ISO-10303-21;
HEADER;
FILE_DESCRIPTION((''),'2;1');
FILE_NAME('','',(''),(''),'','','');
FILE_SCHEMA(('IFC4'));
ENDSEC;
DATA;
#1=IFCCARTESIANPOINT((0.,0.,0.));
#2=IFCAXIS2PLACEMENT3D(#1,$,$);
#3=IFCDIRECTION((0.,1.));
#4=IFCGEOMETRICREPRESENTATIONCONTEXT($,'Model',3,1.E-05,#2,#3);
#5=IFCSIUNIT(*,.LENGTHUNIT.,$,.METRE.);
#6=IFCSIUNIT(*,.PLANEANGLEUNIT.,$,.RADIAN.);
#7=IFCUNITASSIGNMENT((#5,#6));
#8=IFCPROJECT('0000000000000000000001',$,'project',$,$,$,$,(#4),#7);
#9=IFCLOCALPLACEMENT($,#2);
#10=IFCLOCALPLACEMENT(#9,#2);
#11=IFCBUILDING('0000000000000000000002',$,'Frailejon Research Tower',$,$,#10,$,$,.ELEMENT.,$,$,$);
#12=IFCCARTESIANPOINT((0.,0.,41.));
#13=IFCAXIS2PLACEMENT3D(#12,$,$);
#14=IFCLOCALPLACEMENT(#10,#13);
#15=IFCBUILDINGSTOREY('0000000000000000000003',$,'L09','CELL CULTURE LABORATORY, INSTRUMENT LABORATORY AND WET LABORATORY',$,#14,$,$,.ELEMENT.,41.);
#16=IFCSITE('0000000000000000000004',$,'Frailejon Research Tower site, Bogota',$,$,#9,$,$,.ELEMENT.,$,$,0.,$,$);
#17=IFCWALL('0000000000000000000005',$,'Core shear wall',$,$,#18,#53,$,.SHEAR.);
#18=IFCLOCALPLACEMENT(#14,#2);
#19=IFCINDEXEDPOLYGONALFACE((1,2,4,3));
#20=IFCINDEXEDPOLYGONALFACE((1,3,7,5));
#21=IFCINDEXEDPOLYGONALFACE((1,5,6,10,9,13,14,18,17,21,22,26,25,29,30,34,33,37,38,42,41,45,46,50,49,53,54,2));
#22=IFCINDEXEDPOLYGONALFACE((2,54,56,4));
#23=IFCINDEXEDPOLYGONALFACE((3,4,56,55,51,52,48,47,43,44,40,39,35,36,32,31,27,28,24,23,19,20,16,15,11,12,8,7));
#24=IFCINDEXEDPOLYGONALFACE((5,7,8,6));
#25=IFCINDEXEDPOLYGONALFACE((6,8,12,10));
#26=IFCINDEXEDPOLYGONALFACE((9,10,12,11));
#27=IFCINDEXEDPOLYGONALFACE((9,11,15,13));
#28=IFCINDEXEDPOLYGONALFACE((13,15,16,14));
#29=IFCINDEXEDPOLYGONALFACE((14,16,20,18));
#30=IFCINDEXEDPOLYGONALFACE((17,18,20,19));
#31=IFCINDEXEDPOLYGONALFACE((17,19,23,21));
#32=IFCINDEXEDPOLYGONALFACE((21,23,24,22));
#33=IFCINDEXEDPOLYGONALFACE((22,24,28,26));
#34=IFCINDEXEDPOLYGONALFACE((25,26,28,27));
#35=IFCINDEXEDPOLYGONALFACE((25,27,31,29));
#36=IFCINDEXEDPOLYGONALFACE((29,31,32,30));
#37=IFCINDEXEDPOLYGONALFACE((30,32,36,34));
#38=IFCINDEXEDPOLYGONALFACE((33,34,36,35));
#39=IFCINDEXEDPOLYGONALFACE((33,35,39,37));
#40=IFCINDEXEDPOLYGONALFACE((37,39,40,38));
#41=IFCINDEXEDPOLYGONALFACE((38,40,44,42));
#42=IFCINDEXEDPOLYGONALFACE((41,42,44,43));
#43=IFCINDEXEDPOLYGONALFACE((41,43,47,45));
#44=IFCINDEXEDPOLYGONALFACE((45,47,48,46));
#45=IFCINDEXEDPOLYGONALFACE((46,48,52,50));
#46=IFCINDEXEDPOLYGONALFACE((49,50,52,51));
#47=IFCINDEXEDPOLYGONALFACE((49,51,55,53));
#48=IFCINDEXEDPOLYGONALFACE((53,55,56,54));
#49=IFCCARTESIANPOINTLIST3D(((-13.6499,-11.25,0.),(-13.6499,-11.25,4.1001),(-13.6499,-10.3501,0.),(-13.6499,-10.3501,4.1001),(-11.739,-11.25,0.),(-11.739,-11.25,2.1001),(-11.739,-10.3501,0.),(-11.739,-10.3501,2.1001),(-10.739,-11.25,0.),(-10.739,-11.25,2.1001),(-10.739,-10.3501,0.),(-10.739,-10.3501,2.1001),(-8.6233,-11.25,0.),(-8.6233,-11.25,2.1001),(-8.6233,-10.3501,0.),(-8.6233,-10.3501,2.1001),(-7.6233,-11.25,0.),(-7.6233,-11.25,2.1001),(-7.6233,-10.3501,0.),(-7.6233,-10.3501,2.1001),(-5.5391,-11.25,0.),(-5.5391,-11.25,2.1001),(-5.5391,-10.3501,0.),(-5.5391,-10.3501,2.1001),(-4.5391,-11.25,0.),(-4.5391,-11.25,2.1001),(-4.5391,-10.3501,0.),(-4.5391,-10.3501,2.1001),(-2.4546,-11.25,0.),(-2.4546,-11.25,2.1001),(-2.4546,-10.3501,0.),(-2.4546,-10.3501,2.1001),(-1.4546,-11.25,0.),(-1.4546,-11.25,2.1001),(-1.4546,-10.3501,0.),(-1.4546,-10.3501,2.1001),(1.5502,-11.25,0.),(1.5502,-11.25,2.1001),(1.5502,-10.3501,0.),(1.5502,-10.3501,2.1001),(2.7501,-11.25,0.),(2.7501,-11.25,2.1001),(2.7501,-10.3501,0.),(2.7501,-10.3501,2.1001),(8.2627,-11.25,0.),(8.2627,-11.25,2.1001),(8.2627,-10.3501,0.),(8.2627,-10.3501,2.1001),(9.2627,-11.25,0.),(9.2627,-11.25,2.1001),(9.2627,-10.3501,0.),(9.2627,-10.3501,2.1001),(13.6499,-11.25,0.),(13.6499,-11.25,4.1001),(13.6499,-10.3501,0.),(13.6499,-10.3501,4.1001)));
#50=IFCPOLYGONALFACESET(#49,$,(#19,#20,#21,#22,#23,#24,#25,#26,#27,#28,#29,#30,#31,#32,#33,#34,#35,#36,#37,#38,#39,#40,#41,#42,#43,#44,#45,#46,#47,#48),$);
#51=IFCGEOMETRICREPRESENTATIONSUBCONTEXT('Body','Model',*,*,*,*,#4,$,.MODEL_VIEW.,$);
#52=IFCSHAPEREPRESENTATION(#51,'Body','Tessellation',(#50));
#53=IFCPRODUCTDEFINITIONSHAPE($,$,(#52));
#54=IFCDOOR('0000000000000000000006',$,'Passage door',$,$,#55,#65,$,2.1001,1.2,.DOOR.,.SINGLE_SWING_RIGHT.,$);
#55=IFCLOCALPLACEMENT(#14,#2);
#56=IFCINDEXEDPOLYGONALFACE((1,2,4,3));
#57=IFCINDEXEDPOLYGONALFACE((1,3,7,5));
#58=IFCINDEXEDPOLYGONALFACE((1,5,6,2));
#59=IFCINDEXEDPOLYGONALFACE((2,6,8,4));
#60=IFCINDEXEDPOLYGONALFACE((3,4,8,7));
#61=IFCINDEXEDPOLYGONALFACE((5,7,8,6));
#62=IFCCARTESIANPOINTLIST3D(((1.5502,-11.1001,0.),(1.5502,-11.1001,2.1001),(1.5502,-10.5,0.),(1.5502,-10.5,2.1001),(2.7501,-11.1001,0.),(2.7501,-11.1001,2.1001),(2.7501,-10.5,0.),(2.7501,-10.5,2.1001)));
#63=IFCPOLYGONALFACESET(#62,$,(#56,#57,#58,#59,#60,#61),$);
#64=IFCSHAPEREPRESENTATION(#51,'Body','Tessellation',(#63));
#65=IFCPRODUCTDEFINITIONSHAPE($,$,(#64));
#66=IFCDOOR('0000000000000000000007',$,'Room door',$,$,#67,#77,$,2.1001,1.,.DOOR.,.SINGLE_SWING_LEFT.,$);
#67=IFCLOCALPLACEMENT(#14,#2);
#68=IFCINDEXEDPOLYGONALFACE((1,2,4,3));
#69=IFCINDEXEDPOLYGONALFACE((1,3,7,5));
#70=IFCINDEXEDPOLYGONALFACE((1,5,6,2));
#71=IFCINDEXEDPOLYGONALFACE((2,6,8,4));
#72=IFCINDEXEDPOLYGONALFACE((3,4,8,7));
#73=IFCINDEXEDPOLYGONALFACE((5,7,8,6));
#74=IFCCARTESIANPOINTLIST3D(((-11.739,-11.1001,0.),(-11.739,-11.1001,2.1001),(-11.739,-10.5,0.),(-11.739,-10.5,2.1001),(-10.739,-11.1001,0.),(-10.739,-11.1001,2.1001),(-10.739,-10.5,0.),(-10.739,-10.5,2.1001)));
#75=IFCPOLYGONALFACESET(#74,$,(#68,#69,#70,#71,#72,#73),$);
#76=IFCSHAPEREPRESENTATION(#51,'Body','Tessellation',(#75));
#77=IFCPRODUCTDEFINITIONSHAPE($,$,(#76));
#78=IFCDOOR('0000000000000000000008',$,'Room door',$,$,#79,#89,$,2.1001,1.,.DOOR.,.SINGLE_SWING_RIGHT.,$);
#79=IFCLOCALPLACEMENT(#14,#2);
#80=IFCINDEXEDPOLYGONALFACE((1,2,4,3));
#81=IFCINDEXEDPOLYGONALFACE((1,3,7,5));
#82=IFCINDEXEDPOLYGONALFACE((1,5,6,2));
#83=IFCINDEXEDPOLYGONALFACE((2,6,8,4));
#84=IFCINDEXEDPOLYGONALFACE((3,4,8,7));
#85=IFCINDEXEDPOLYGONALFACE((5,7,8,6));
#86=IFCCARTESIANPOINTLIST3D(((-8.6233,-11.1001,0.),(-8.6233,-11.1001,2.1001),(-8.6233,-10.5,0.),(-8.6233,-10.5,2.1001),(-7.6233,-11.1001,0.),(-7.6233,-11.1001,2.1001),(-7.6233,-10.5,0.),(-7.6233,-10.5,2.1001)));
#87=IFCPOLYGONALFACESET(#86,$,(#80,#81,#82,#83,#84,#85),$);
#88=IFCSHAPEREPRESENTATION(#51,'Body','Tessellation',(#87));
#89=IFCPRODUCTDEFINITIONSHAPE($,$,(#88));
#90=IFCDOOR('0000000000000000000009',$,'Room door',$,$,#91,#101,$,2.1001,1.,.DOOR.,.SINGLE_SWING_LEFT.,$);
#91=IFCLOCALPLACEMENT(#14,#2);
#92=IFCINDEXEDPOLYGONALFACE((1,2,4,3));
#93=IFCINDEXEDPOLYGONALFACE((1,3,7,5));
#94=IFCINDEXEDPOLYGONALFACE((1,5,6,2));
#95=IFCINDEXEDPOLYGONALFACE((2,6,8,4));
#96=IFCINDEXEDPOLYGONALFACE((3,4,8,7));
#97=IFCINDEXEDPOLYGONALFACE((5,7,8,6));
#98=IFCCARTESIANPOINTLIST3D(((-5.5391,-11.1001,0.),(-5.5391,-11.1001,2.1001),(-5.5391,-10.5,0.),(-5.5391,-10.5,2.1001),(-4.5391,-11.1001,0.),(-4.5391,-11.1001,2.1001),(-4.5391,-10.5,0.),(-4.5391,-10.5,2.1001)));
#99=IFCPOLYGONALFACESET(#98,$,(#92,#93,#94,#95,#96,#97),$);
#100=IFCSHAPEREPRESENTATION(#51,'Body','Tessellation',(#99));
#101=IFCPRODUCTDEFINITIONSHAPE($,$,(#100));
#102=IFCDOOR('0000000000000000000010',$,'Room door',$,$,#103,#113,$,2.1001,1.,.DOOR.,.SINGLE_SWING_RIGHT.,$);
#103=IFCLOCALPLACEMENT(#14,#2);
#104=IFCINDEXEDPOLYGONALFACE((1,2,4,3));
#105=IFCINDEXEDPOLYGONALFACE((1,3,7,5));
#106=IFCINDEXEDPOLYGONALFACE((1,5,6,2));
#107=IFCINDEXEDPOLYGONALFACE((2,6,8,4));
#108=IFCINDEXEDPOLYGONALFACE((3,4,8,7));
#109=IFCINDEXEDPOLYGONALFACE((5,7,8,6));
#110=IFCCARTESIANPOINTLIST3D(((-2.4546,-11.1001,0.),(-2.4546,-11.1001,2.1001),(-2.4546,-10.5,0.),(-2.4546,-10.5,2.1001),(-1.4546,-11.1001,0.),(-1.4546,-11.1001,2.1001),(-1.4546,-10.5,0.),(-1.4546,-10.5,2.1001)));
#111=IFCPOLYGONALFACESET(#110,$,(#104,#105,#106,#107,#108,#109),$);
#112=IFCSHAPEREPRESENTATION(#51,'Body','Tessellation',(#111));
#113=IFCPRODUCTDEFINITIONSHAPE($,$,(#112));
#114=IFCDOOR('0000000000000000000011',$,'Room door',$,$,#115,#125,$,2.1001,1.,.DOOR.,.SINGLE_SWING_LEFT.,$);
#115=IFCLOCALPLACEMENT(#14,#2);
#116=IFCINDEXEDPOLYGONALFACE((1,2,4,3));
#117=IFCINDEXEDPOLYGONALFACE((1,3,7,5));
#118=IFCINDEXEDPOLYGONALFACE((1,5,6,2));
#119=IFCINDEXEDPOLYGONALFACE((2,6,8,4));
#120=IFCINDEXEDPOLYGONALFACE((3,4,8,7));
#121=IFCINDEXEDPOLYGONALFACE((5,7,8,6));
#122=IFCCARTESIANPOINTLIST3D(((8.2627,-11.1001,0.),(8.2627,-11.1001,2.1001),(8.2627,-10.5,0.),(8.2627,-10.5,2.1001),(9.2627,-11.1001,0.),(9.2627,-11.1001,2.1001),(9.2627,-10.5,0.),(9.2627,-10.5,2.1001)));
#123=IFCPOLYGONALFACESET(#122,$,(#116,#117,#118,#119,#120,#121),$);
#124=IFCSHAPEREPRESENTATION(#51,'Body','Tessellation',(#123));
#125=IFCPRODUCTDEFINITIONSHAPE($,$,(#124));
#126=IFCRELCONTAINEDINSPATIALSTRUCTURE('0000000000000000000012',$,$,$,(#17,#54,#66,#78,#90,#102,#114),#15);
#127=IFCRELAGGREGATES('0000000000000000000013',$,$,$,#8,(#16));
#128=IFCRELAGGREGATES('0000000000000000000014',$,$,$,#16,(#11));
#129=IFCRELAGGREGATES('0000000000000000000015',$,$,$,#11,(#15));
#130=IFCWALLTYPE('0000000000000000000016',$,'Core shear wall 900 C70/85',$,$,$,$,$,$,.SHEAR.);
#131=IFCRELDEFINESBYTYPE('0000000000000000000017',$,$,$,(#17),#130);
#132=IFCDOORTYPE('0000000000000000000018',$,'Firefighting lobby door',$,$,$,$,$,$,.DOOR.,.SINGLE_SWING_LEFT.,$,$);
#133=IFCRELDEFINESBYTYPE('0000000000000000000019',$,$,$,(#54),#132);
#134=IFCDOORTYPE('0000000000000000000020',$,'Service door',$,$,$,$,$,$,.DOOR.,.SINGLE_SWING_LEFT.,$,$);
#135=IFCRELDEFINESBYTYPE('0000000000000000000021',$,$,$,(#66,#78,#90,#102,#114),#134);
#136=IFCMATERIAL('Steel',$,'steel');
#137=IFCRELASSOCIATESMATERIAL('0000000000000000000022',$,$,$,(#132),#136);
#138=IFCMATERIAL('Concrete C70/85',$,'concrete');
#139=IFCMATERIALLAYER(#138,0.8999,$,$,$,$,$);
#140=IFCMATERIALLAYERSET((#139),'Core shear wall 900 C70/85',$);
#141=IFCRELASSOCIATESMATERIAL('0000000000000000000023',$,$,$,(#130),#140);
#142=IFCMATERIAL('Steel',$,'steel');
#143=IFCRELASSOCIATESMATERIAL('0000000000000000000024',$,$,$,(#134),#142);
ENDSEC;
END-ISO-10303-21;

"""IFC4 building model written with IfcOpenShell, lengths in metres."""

from ifc_helpers import new_model, si_unit, direction, frame, frame_2d, origin, place, context, subcontext, project, spatial, rectangle, extrude, material, layer, layer_set, type_object, element, fill, save


model = new_model("IFC4")

# Units and contexts
model_context = context("Model", 3, precision=1e-05, world=origin(), true_north=direction((0.0, 1.0)))
body_context = subcontext(model_context, "Body", "Model", "MODEL_VIEW")
ifc_project = project(units=[si_unit("LENGTHUNIT", "METRE"), si_unit("PLANEANGLEUNIT", "RADIAN")], contexts=[model_context])

# Site, building, storey
site_placement = place(None, origin())
site = spatial("IfcSite", under=ifc_project, at=site_placement, Name="Frailejon Research Tower site, Bogota", CompositionType="ELEMENT", RefElevation=0.0)
building_placement = place(site_placement, origin())
building = spatial("IfcBuilding", under=site, at=building_placement, Name="Frailejon Research Tower", CompositionType="ELEMENT")
storey_placement = place(building_placement, frame((0.0, 0.0, 41.0)))
storey = spatial("IfcBuildingStorey", under=building, at=storey_placement, Name="L09", Description="CELL CULTURE LABORATORY, INSTRUMENT LABORATORY AND WET LABORATORY", CompositionType="ELEMENT", Elevation=41.0)

# Shared definitions
ifc_material_1 = material(Name="Steel", Category="steel")
door_type_1 = type_object("IfcDoorType", Name="Firefighting lobby door", OperationType="SINGLE_SWING_LEFT", PredefinedType="DOOR", material=ifc_material_1)

# Wall, openings, doors
ifc_material_2 = material(Name="Concrete C70/85", Category="concrete")
ifc_layer_1 = layer(ifc_material_2, 0.8999)
ifc_layer_set_1 = layer_set([ifc_layer_1], Name="Core shear wall 900 C70/85")
wall_type_1 = type_object("IfcWallType", Name="Core shear wall 900 C70/85", PredefinedType="SHEAR", material=ifc_layer_set_1)
wall_1_placement = place(storey_placement, frame((-13.6499, -10.8, 0.0), z_axis=(0.0, 0.0, 1.0), x_axis=(1.0, 0.0, 0.0)))
wall_1 = element("IfcWall", 1, at=wall_1_placement, inside=storey, type_object=wall_type_1, Name="Core shear wall", PredefinedType="SHEAR", context=body_context, shape_type="SweptSolid", body=[
    extrude(rectangle(XDim=27.2998, YDim=0.8999, at=frame_2d((13.6499, 0.0))), origin(), (0.0, 0.0, 1.0), 4.1001),
])
opening_1_placement = place(wall_1_placement, frame((1.9109, 0.0, 0.0)))
opening_1 = element("IfcOpeningElement", 2, at=opening_1_placement, cuts=wall_1, PredefinedType="OPENING", context=body_context, shape_type="SweptSolid", body=[
    extrude(rectangle(XDim=1.0, YDim=2.1001, at=frame_2d((0.5, 1.05))), frame((0.0, 0.46, 0.0), z_axis=(0.0, -1.0, 0.0), x_axis=(1.0, 0.0, 0.0)), (0.0, 0.0, 1.0), 0.9199),
])
opening_2_placement = place(wall_1_placement, frame((5.0266, 0.0, 0.0)))
opening_2 = element("IfcOpeningElement", 3, at=opening_2_placement, cuts=wall_1, PredefinedType="OPENING", context=body_context, shape_type="SweptSolid", body=[
    extrude(rectangle(XDim=1.0, YDim=2.1001, at=frame_2d((0.5, 1.05))), frame((0.0, 0.46, 0.0), z_axis=(0.0, -1.0, 0.0), x_axis=(1.0, 0.0, 0.0)), (0.0, 0.0, 1.0), 0.9199),
])
opening_3_placement = place(wall_1_placement, frame((8.1108, 0.0, 0.0)))
opening_3 = element("IfcOpeningElement", 4, at=opening_3_placement, cuts=wall_1, PredefinedType="OPENING", context=body_context, shape_type="SweptSolid", body=[
    extrude(rectangle(XDim=1.0, YDim=2.1001, at=frame_2d((0.5, 1.05))), frame((0.0, 0.46, 0.0), z_axis=(0.0, -1.0, 0.0), x_axis=(1.0, 0.0, 0.0)), (0.0, 0.0, 1.0), 0.9199),
])
opening_4_placement = place(wall_1_placement, frame((11.1953, 0.0, 0.0)))
opening_4 = element("IfcOpeningElement", 5, at=opening_4_placement, cuts=wall_1, PredefinedType="OPENING", context=body_context, shape_type="SweptSolid", body=[
    extrude(rectangle(XDim=1.0, YDim=2.1001, at=frame_2d((0.5, 1.05))), frame((0.0, 0.46, 0.0), z_axis=(0.0, -1.0, 0.0), x_axis=(1.0, 0.0, 0.0)), (0.0, 0.0, 1.0), 0.9199),
])
opening_5_placement = place(wall_1_placement, frame((21.9126, 0.0, 0.0)))
opening_5 = element("IfcOpeningElement", 6, at=opening_5_placement, cuts=wall_1, PredefinedType="OPENING", context=body_context, shape_type="SweptSolid", body=[
    extrude(rectangle(XDim=1.0, YDim=2.1001, at=frame_2d((0.5, 1.05))), frame((0.0, 0.46, 0.0), z_axis=(0.0, -1.0, 0.0), x_axis=(1.0, 0.0, 0.0)), (0.0, 0.0, 1.0), 0.9199),
])
opening_6_placement = place(wall_1_placement, frame((15.2, 0.0, 0.0)))
opening_6 = element("IfcOpeningElement", 7, at=opening_6_placement, cuts=wall_1, PredefinedType="OPENING", context=body_context, shape_type="SweptSolid", body=[
    extrude(rectangle(XDim=1.2, YDim=2.1001, at=frame_2d((0.6001, 1.05))), frame((0.0, 0.46, 0.0), z_axis=(0.0, -1.0, 0.0), x_axis=(1.0, 0.0, 0.0)), (0.0, 0.0, 1.0), 0.9199),
])
door_1_placement = place(opening_6_placement, origin())
door_1 = element("IfcDoor", 8, at=door_1_placement, inside=storey, type_object=door_type_1, Name="Passage door", OperationType="SINGLE_SWING_RIGHT", OverallHeight=2.1001, OverallWidth=1.2, PredefinedType="DOOR", context=body_context, shape_type="SweptSolid", body=[
    extrude(rectangle(XDim=1.2, YDim=2.1001, at=frame_2d((0.6001, 1.05))), frame((0.0, 0.3, 0.0), z_axis=(0.0, -1.0, 0.0), x_axis=(1.0, 0.0, 0.0)), (0.0, 0.0, 1.0), 0.6001),
])
fill(opening_6, door_1)
ifc_material_3 = material(Name="Steel", Category="steel")
door_type_2 = type_object("IfcDoorType", Name="Service door", OperationType="SINGLE_SWING_LEFT", PredefinedType="DOOR", material=ifc_material_3)
door_2_placement = place(opening_1_placement, origin())
door_2 = element("IfcDoor", 9, at=door_2_placement, inside=storey, type_object=door_type_2, Name="Room door", OperationType="SINGLE_SWING_LEFT", OverallHeight=2.1001, OverallWidth=1.0, PredefinedType="DOOR", context=body_context, shape_type="SweptSolid", body=[
    extrude(rectangle(XDim=1.0, YDim=2.1001, at=frame_2d((0.5, 1.05))), frame((0.0, 0.3, 0.0), z_axis=(0.0, -1.0, 0.0), x_axis=(1.0, 0.0, 0.0)), (0.0, 0.0, 1.0), 0.6001),
])
fill(opening_1, door_2)
door_3_placement = place(opening_2_placement, origin())
door_3 = element("IfcDoor", 10, at=door_3_placement, inside=storey, type_object=door_type_2, Name="Room door", OperationType="SINGLE_SWING_RIGHT", OverallHeight=2.1001, OverallWidth=1.0, PredefinedType="DOOR", context=body_context, shape_type="SweptSolid", body=[
    extrude(rectangle(XDim=1.0, YDim=2.1001, at=frame_2d((0.5, 1.05))), frame((0.0, 0.3, 0.0), z_axis=(0.0, -1.0, 0.0), x_axis=(1.0, 0.0, 0.0)), (0.0, 0.0, 1.0), 0.6001),
])
fill(opening_2, door_3)
door_4_placement = place(opening_3_placement, origin())
door_4 = element("IfcDoor", 11, at=door_4_placement, inside=storey, type_object=door_type_2, Name="Room door", OperationType="SINGLE_SWING_LEFT", OverallHeight=2.1001, OverallWidth=1.0, PredefinedType="DOOR", context=body_context, shape_type="SweptSolid", body=[
    extrude(rectangle(XDim=1.0, YDim=2.1001, at=frame_2d((0.5, 1.05))), frame((0.0, 0.3, 0.0), z_axis=(0.0, -1.0, 0.0), x_axis=(1.0, 0.0, 0.0)), (0.0, 0.0, 1.0), 0.6001),
])
fill(opening_3, door_4)
door_5_placement = place(opening_4_placement, origin())
door_5 = element("IfcDoor", 12, at=door_5_placement, inside=storey, type_object=door_type_2, Name="Room door", OperationType="SINGLE_SWING_RIGHT", OverallHeight=2.1001, OverallWidth=1.0, PredefinedType="DOOR", context=body_context, shape_type="SweptSolid", body=[
    extrude(rectangle(XDim=1.0, YDim=2.1001, at=frame_2d((0.5, 1.05))), frame((0.0, 0.3, 0.0), z_axis=(0.0, -1.0, 0.0), x_axis=(1.0, 0.0, 0.0)), (0.0, 0.0, 1.0), 0.6001),
])
fill(opening_4, door_5)
door_6_placement = place(opening_5_placement, origin())
door_6 = element("IfcDoor", 13, at=door_6_placement, inside=storey, type_object=door_type_2, Name="Room door", OperationType="SINGLE_SWING_LEFT", OverallHeight=2.1001, OverallWidth=1.0, PredefinedType="DOOR", context=body_context, shape_type="SweptSolid", body=[
    extrude(rectangle(XDim=1.0, YDim=2.1001, at=frame_2d((0.5, 1.05))), frame((0.0, 0.3, 0.0), z_axis=(0.0, -1.0, 0.0), x_axis=(1.0, 0.0, 0.0)), (0.0, 0.0, 1.0), 0.6001),
])
fill(opening_5, door_6)

save(model, "model.ifc")
